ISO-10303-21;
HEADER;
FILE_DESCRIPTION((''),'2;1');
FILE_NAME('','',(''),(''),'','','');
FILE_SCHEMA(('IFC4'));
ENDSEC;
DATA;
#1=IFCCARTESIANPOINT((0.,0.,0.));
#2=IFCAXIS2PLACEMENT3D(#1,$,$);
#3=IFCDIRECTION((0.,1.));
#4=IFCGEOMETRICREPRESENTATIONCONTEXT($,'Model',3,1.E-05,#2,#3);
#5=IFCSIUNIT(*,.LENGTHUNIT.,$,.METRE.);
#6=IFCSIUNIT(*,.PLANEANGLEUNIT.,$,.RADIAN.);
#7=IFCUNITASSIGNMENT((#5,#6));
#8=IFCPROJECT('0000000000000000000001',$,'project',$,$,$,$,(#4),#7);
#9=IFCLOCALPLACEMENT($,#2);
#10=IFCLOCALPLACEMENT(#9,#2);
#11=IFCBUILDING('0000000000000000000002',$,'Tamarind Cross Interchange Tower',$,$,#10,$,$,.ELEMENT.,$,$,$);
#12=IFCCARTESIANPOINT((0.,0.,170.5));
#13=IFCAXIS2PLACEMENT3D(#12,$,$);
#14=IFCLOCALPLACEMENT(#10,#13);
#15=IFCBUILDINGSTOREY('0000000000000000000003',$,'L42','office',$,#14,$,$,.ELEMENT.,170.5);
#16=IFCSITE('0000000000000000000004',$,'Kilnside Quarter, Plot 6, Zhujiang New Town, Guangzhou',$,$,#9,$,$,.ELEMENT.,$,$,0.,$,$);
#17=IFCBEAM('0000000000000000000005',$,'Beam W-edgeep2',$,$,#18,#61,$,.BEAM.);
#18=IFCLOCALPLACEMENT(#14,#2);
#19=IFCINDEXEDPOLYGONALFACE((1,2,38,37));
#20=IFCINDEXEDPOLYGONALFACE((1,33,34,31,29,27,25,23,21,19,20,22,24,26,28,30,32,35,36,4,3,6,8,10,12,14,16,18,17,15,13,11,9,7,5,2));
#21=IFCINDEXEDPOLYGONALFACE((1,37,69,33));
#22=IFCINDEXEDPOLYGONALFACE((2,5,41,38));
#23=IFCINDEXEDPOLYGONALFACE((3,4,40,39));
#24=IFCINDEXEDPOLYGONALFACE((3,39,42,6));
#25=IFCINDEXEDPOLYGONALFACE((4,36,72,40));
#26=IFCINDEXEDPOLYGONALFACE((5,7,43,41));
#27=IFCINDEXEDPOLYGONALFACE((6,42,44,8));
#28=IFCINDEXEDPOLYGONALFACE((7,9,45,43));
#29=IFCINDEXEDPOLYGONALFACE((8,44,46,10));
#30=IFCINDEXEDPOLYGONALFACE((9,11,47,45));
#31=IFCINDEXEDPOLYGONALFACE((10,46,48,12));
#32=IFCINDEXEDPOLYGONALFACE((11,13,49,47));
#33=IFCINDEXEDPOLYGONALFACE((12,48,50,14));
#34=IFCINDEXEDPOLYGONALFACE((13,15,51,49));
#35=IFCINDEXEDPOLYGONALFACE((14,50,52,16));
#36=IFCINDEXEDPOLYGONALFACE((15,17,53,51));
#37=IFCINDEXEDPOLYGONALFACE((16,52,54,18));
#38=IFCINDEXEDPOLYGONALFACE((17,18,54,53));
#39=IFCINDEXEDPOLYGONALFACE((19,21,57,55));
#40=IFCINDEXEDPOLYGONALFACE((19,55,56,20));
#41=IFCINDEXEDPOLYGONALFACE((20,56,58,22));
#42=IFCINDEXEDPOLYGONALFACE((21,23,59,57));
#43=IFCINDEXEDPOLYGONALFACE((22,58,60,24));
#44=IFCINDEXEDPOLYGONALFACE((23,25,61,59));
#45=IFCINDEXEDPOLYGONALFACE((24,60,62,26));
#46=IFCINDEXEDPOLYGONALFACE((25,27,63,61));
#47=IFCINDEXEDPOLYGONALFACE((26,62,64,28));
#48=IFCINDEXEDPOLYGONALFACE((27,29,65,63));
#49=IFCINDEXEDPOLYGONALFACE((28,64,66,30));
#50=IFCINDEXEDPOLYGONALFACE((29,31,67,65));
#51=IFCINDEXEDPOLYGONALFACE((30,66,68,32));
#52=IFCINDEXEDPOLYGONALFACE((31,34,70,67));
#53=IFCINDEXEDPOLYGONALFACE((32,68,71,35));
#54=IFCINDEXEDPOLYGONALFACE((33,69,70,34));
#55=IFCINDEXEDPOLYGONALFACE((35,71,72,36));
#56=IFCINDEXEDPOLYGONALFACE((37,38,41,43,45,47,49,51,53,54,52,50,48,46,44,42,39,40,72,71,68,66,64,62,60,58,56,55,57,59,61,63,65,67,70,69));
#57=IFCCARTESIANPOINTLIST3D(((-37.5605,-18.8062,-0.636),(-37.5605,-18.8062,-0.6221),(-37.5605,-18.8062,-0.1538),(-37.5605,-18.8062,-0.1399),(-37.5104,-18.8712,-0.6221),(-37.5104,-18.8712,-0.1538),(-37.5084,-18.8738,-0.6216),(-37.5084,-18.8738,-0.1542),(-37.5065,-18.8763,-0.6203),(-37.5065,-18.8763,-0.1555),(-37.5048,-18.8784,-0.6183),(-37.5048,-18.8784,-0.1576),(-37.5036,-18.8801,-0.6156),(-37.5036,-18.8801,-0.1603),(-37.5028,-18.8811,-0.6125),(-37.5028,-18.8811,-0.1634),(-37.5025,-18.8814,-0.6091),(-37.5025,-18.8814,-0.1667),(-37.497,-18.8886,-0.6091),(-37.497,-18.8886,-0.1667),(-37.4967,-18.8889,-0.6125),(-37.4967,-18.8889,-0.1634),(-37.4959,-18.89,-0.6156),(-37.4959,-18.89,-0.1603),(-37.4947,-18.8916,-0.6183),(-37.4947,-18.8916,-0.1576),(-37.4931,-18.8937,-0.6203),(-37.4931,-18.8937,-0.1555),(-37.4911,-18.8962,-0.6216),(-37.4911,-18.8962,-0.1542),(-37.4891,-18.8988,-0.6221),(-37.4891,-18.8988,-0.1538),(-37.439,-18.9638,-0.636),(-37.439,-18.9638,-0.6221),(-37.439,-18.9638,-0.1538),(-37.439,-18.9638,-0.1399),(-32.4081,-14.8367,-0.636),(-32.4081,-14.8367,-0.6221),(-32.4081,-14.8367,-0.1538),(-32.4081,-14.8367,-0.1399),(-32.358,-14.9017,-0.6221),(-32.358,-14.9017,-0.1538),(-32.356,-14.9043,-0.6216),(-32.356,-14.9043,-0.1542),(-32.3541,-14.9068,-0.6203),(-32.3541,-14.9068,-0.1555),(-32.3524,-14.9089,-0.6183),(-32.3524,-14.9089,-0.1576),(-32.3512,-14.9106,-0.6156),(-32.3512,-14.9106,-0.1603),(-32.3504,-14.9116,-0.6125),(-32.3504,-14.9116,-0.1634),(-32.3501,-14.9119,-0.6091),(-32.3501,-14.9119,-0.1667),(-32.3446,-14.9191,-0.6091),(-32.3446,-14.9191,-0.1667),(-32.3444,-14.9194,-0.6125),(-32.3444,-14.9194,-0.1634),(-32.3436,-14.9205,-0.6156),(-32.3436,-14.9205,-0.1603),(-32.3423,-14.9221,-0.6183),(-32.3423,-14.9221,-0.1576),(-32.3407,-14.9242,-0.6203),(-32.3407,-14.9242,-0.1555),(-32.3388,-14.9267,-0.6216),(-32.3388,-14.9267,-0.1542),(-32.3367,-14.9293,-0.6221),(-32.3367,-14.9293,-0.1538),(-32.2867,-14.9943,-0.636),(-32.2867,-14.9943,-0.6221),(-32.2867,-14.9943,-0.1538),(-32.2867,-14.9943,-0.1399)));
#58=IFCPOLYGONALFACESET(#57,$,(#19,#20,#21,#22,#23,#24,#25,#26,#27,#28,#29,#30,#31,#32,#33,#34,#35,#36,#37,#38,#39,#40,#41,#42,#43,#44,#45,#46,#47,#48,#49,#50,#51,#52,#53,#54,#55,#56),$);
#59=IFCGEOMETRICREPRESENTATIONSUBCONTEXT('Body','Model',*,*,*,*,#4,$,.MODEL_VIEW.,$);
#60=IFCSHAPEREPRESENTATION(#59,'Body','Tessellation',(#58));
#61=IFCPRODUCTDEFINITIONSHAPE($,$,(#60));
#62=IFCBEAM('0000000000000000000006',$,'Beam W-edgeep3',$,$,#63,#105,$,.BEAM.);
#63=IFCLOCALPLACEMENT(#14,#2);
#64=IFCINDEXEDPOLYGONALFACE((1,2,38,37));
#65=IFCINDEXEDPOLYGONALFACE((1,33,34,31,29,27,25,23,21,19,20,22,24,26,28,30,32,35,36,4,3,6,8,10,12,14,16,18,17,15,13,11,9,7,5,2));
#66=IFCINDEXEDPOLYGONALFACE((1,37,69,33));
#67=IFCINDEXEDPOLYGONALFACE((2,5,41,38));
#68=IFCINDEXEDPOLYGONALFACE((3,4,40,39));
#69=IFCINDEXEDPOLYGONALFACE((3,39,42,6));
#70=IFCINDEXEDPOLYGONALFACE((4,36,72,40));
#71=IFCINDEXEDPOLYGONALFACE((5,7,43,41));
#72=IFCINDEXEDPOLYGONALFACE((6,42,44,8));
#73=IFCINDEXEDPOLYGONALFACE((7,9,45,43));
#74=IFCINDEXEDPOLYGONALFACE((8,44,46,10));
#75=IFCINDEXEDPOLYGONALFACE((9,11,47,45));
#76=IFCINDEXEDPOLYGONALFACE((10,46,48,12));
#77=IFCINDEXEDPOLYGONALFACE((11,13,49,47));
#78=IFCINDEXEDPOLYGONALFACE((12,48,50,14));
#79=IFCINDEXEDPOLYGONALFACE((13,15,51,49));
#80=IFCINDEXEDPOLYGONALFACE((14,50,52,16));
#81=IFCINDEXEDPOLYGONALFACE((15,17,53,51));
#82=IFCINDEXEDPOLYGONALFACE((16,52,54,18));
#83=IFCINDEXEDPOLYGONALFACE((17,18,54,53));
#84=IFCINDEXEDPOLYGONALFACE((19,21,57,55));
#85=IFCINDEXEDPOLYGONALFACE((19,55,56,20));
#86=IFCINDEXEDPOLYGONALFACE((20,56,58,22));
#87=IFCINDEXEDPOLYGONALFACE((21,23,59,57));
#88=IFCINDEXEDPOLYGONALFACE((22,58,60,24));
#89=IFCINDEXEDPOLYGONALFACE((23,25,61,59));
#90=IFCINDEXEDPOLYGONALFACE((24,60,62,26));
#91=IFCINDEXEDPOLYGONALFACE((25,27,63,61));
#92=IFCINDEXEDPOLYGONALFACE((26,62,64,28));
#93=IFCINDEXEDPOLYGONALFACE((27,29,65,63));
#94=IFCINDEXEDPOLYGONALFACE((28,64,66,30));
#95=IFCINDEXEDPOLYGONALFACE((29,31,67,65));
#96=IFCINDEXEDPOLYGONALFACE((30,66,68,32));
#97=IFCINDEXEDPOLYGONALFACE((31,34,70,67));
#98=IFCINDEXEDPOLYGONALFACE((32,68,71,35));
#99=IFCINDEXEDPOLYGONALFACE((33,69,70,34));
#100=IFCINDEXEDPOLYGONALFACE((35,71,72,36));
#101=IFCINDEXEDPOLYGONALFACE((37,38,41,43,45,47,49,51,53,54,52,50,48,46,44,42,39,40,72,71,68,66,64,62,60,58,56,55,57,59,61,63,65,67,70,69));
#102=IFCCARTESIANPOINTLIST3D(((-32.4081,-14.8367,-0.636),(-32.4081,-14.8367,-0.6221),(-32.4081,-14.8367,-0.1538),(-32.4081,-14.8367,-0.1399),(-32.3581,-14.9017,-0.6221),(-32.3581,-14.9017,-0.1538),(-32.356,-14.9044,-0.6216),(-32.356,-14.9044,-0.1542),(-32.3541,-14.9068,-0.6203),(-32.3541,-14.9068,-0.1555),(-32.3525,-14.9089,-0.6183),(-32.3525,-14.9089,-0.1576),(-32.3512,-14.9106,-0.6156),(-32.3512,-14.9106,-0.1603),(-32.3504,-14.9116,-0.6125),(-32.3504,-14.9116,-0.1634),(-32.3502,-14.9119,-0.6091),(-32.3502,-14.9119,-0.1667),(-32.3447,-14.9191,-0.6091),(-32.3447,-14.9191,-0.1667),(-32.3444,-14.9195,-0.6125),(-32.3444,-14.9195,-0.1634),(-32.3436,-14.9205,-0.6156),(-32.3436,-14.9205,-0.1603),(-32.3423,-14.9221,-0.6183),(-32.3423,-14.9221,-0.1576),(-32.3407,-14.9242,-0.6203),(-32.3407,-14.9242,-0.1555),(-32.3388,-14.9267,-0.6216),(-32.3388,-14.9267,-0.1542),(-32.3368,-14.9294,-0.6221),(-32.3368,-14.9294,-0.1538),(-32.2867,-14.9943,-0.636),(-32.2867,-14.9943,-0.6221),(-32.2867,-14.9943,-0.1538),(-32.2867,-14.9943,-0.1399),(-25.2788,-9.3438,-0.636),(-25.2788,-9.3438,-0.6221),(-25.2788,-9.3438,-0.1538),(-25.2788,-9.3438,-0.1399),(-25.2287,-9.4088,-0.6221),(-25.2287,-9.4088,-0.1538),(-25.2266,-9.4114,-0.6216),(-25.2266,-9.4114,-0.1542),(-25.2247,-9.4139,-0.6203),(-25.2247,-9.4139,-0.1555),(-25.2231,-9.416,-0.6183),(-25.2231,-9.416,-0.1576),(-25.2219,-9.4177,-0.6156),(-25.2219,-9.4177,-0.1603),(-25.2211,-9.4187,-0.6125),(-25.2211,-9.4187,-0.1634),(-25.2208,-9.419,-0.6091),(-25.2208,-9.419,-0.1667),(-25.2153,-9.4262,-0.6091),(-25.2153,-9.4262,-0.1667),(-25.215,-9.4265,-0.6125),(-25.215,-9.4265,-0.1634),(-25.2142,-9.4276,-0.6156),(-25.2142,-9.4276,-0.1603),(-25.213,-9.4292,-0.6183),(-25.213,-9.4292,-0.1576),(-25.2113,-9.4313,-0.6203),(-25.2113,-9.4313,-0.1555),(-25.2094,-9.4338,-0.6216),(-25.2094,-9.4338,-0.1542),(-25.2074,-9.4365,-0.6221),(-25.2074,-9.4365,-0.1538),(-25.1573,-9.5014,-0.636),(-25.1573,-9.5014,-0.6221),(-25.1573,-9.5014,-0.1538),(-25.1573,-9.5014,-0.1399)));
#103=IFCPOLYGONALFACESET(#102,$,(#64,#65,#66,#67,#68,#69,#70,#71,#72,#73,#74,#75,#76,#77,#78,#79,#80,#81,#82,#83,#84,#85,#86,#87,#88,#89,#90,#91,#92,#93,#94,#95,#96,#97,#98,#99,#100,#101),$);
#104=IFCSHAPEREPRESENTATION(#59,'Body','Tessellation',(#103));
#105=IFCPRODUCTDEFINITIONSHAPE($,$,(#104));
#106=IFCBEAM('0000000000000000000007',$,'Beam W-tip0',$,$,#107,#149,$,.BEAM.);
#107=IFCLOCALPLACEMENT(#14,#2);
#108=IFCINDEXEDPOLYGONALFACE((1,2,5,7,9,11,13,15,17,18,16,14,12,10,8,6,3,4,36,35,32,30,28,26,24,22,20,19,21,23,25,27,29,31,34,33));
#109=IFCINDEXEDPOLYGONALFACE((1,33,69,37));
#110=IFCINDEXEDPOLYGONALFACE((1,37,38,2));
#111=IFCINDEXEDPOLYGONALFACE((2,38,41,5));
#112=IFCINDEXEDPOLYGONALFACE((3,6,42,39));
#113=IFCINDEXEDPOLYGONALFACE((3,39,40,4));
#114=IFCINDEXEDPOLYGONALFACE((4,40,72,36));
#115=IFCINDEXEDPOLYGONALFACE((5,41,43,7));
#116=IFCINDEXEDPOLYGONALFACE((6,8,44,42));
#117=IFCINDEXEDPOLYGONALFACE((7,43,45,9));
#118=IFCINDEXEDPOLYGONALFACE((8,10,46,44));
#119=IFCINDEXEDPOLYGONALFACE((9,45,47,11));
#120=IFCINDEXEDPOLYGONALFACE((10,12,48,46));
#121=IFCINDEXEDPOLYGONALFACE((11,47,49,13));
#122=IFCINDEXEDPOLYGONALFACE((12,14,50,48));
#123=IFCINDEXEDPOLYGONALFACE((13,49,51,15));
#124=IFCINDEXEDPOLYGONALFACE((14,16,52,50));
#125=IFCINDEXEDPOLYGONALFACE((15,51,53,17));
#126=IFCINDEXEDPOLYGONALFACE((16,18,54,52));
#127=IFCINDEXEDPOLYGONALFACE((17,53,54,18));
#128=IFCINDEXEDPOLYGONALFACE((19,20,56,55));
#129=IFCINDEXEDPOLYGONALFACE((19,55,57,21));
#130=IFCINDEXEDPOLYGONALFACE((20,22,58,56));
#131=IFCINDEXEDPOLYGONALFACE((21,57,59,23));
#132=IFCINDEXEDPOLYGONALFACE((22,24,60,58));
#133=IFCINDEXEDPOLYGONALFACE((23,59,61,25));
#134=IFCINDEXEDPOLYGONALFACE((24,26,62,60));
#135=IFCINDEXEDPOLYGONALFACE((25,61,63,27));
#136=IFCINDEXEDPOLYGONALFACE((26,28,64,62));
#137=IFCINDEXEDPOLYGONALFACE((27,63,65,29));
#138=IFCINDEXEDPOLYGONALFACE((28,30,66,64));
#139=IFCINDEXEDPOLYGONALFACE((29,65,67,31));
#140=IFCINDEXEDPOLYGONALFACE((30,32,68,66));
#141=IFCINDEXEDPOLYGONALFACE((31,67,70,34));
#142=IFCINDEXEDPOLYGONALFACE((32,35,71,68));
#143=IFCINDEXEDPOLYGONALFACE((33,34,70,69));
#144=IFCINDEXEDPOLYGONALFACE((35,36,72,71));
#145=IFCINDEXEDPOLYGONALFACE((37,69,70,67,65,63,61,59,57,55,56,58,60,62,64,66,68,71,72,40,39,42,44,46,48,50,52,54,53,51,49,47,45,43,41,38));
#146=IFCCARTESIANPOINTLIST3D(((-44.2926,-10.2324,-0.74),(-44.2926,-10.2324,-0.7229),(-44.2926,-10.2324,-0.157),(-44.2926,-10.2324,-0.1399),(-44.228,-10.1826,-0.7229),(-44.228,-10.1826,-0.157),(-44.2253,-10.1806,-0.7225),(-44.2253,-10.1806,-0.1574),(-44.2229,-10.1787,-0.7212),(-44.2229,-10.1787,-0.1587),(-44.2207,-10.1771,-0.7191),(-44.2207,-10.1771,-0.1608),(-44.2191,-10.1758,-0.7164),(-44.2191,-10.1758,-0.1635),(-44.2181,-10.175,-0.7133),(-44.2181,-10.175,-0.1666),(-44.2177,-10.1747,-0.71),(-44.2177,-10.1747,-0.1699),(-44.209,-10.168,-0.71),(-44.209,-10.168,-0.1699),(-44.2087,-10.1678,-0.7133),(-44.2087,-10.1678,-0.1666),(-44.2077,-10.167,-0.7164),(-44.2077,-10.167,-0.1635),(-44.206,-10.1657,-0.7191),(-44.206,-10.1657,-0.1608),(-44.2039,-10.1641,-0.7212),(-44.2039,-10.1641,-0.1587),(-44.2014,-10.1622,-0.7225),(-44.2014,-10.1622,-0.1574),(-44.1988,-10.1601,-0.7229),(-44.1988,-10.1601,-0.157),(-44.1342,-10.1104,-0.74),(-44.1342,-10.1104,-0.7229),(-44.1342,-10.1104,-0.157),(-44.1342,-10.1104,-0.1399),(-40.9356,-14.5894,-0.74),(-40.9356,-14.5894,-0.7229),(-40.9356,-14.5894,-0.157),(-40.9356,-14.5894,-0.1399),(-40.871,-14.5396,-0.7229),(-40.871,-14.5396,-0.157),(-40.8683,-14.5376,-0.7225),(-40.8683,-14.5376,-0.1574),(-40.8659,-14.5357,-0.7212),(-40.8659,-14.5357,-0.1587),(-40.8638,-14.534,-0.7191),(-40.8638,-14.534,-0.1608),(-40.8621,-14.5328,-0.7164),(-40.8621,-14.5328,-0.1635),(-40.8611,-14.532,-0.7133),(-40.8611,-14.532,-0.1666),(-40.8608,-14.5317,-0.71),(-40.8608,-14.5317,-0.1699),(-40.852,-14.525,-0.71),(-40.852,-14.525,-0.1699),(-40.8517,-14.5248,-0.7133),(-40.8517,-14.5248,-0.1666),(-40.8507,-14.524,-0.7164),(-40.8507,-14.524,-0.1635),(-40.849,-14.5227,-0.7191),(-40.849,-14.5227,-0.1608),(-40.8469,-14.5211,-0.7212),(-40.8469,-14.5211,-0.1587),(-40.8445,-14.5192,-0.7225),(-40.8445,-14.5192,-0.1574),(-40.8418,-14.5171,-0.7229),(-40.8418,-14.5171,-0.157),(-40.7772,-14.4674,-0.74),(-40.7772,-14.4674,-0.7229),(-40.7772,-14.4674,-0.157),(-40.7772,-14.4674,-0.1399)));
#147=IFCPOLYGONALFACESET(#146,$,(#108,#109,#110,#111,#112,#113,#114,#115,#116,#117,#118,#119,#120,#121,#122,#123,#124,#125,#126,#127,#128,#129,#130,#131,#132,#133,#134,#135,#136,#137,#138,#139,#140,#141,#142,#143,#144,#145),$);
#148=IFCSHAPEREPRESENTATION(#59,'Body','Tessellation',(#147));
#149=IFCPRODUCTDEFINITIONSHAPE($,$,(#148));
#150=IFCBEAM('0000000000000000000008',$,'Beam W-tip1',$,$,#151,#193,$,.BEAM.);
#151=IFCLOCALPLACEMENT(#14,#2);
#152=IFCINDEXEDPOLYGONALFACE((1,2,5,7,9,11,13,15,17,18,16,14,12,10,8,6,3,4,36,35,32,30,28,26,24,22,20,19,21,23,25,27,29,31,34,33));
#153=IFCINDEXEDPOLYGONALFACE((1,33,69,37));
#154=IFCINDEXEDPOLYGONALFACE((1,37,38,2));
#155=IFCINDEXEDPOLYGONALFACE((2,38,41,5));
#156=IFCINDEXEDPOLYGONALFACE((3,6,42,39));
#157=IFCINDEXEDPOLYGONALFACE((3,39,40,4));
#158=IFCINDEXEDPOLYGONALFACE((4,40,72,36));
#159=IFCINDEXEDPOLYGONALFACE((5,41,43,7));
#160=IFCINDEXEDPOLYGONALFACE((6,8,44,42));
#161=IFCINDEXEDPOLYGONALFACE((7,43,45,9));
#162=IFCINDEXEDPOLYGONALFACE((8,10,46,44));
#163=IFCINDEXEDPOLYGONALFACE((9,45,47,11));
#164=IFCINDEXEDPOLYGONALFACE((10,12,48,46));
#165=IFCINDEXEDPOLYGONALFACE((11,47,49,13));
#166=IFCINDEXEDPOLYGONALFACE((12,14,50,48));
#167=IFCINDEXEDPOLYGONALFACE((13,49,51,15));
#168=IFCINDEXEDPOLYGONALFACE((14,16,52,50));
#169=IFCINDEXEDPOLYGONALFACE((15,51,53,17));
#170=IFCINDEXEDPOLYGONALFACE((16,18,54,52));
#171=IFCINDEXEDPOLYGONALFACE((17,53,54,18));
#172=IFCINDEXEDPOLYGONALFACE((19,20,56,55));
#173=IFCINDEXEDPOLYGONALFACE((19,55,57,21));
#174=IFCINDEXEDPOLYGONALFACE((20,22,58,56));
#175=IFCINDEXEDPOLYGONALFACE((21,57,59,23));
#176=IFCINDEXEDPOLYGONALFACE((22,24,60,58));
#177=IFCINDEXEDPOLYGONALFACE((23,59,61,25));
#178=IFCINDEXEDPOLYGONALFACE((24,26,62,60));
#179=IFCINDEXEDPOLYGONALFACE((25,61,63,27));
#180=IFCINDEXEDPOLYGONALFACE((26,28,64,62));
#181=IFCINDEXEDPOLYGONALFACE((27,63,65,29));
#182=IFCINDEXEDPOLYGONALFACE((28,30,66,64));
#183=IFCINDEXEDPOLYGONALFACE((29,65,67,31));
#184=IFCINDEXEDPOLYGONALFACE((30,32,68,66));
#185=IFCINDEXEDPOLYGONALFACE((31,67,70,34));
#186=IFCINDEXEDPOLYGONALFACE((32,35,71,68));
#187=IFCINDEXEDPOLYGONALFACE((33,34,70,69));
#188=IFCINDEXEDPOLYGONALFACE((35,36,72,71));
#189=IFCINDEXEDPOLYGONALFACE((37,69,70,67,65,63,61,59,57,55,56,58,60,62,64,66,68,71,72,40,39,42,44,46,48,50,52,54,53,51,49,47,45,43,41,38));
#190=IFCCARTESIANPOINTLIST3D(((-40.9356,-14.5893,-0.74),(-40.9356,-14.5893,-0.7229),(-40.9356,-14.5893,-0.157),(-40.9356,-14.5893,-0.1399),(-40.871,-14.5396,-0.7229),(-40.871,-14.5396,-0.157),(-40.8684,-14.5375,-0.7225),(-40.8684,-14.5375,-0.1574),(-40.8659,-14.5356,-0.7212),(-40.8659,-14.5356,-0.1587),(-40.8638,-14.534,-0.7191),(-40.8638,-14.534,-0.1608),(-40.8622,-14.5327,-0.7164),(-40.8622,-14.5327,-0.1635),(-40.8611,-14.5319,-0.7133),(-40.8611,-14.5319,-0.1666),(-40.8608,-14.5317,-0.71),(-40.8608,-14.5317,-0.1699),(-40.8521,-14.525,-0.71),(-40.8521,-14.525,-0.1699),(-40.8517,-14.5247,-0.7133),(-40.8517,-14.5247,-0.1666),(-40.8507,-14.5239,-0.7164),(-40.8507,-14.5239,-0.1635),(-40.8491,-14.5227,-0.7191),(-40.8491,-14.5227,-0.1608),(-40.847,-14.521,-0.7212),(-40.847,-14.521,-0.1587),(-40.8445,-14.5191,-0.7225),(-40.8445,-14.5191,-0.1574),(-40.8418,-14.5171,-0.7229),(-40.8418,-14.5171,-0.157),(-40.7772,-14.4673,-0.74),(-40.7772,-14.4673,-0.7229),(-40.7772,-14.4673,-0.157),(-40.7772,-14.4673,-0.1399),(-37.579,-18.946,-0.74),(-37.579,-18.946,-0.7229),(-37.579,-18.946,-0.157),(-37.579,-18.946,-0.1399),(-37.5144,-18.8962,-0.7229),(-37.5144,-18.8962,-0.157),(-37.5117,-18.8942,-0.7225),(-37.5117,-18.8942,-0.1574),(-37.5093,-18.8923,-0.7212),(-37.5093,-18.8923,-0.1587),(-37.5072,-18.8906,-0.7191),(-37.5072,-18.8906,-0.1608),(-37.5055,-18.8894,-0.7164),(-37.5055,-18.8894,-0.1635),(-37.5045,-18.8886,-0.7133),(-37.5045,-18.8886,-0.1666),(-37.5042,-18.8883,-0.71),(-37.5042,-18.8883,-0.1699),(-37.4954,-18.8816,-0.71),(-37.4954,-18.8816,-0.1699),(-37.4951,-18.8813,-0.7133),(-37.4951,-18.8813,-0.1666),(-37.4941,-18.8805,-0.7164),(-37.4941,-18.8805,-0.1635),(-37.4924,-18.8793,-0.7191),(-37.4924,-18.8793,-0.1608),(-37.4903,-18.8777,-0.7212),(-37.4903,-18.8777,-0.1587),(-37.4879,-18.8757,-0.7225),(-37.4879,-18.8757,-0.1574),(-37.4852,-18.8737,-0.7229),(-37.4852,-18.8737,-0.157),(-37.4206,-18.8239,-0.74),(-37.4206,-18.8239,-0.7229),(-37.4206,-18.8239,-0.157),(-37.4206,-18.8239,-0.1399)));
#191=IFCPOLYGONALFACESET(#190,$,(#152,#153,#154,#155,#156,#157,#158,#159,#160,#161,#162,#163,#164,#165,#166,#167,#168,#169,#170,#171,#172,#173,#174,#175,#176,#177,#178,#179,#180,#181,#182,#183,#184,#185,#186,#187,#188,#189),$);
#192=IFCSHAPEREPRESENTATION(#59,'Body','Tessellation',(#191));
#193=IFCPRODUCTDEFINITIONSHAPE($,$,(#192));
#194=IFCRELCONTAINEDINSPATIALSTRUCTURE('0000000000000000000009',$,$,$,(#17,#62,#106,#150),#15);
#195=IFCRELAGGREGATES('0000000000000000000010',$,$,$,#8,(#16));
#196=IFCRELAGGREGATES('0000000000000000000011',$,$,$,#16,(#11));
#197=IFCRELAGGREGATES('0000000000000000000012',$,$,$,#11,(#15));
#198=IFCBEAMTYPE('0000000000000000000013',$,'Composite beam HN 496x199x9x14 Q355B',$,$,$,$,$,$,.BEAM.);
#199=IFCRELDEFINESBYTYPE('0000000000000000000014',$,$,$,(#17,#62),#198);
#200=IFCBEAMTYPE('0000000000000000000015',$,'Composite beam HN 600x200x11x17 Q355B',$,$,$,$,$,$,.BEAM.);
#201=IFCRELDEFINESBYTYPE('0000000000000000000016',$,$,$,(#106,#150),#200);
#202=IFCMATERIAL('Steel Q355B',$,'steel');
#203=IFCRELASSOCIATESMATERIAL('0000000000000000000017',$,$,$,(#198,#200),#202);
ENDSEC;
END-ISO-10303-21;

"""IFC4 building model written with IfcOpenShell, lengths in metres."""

from ifc_helpers import new_model, si_unit, direction, frame, origin, origin_2d, place, context, subcontext, project, spatial, i_section, extrude, material, material_profile, profile_set, type_object, element, save


model = new_model("IFC4")

# Units and contexts
model_context = context("Model", 3, precision=1e-05, world=origin(), true_north=direction((0.0, 1.0)))
body_context = subcontext(model_context, "Body", "Model", "MODEL_VIEW")
ifc_project = project(units=[si_unit("LENGTHUNIT", "METRE"), si_unit("PLANEANGLEUNIT", "RADIAN")], contexts=[model_context])

# Site, building, storey
site_placement = place(None, origin())
site = spatial("IfcSite", under=ifc_project, at=site_placement, Name="Kilnside Quarter, Plot 6, Zhujiang New Town, Guangzhou", CompositionType="ELEMENT", RefElevation=0.0)
building_placement = place(site_placement, origin())
building = spatial("IfcBuilding", under=site, at=building_placement, Name="Tamarind Cross Interchange Tower", CompositionType="ELEMENT")
storey_placement = place(building_placement, frame((0.0, 0.0, 170.5)))
storey = spatial("IfcBuildingStorey", under=building, at=storey_placement, Name="L42", Description="office", CompositionType="ELEMENT", Elevation=170.5)

# Beams
ifc_material_1 = material(Name="Steel Q355B", Category="steel")
ifc_material_profile_1 = material_profile(ifc_material_1, i_section(OverallWidth=0.199, OverallDepth=0.4961, WebThickness=0.009, FlangeThickness=0.0139, FilletRadius=0.0129, at=origin_2d()), Name="HN 496x199x9x14")
ifc_profile_set_1 = profile_set([ifc_material_profile_1], Name="Steel Q355B")
beam_type_1 = type_object("IfcBeamType", Name="Composite beam HN 496x199x9x14 Q355B", PredefinedType="BEAM", material=ifc_profile_set_1)
beam_1_placement = place(storey_placement, frame((-37.4998, -18.885, -0.3879), z_axis=(0.792167, 0.610304, 0.0), x_axis=(-0.610304, 0.792167, 0.0)))
element("IfcBeam", 1, at=beam_1_placement, inside=storey, type_object=beam_type_1, Name="Beam W-edgeep2", PredefinedType="BEAM", context=body_context, shape_type="SweptSolid", body=[
    extrude(i_section(OverallWidth=0.199, OverallDepth=0.4961, WebThickness=0.009, FlangeThickness=0.0139, FilletRadius=0.0129, at=origin_2d()), origin(), (0.0, 0.0, 1.0), 6.5042),
])
beam_2_placement = place(storey_placement, frame((-32.3474, -14.9155, -0.3879), z_axis=(0.792153, 0.610323, 0.0), x_axis=(-0.610323, 0.792153, 0.0)))
element("IfcBeam", 2, at=beam_2_placement, inside=storey, type_object=beam_type_1, Name="Beam W-edgeep3", PredefinedType="BEAM", context=body_context, shape_type="SweptSolid", body=[
    extrude(i_section(OverallWidth=0.199, OverallDepth=0.4961, WebThickness=0.009, FlangeThickness=0.0139, FilletRadius=0.0129, at=origin_2d()), origin(), (0.0, 0.0, 1.0), 9.0),
])
ifc_material_profile_2 = material_profile(ifc_material_1, i_section(OverallWidth=0.2, OverallDepth=0.6001, WebThickness=0.011, FlangeThickness=0.0171, FilletRadius=0.0129, at=origin_2d()), Name="HN 600x200x11x17")
ifc_profile_set_2 = profile_set([ifc_material_profile_2], Name="Steel Q355B")
beam_type_2 = type_object("IfcBeamType", Name="Composite beam HN 600x200x11x17 Q355B", PredefinedType="BEAM", material=ifc_profile_set_2)
beam_3_placement = place(storey_placement, frame((-44.2134, -10.1714, -0.4399), z_axis=(0.610333, -0.792145, 0.0), x_axis=(0.792145, 0.610333, 0.0)))
element("IfcBeam", 3, at=beam_3_placement, inside=storey, type_object=beam_type_2, Name="Beam W-tip0", PredefinedType="BEAM", context=body_context, shape_type="SweptSolid", body=[
    extrude(i_section(OverallWidth=0.2, OverallDepth=0.6001, WebThickness=0.011, FlangeThickness=0.0171, FilletRadius=0.0129, at=origin_2d()), origin(), (0.0, 0.0, 1.0), 5.5002),
])
beam_4_placement = place(storey_placement, frame((-40.8564, -14.5283, -0.4399), z_axis=(0.610326, -0.79215, 0.0), x_axis=(0.79215, 0.610326, 0.0)))
element("IfcBeam", 4, at=beam_4_placement, inside=storey, type_object=beam_type_2, Name="Beam W-tip1", PredefinedType="BEAM", context=body_context, shape_type="SweptSolid", body=[
    extrude(i_section(OverallWidth=0.2, OverallDepth=0.6001, WebThickness=0.011, FlangeThickness=0.0171, FilletRadius=0.0129, at=origin_2d()), origin(), (0.0, 0.0, 1.0), 5.4998),
])

save(model, "model.ifc")
